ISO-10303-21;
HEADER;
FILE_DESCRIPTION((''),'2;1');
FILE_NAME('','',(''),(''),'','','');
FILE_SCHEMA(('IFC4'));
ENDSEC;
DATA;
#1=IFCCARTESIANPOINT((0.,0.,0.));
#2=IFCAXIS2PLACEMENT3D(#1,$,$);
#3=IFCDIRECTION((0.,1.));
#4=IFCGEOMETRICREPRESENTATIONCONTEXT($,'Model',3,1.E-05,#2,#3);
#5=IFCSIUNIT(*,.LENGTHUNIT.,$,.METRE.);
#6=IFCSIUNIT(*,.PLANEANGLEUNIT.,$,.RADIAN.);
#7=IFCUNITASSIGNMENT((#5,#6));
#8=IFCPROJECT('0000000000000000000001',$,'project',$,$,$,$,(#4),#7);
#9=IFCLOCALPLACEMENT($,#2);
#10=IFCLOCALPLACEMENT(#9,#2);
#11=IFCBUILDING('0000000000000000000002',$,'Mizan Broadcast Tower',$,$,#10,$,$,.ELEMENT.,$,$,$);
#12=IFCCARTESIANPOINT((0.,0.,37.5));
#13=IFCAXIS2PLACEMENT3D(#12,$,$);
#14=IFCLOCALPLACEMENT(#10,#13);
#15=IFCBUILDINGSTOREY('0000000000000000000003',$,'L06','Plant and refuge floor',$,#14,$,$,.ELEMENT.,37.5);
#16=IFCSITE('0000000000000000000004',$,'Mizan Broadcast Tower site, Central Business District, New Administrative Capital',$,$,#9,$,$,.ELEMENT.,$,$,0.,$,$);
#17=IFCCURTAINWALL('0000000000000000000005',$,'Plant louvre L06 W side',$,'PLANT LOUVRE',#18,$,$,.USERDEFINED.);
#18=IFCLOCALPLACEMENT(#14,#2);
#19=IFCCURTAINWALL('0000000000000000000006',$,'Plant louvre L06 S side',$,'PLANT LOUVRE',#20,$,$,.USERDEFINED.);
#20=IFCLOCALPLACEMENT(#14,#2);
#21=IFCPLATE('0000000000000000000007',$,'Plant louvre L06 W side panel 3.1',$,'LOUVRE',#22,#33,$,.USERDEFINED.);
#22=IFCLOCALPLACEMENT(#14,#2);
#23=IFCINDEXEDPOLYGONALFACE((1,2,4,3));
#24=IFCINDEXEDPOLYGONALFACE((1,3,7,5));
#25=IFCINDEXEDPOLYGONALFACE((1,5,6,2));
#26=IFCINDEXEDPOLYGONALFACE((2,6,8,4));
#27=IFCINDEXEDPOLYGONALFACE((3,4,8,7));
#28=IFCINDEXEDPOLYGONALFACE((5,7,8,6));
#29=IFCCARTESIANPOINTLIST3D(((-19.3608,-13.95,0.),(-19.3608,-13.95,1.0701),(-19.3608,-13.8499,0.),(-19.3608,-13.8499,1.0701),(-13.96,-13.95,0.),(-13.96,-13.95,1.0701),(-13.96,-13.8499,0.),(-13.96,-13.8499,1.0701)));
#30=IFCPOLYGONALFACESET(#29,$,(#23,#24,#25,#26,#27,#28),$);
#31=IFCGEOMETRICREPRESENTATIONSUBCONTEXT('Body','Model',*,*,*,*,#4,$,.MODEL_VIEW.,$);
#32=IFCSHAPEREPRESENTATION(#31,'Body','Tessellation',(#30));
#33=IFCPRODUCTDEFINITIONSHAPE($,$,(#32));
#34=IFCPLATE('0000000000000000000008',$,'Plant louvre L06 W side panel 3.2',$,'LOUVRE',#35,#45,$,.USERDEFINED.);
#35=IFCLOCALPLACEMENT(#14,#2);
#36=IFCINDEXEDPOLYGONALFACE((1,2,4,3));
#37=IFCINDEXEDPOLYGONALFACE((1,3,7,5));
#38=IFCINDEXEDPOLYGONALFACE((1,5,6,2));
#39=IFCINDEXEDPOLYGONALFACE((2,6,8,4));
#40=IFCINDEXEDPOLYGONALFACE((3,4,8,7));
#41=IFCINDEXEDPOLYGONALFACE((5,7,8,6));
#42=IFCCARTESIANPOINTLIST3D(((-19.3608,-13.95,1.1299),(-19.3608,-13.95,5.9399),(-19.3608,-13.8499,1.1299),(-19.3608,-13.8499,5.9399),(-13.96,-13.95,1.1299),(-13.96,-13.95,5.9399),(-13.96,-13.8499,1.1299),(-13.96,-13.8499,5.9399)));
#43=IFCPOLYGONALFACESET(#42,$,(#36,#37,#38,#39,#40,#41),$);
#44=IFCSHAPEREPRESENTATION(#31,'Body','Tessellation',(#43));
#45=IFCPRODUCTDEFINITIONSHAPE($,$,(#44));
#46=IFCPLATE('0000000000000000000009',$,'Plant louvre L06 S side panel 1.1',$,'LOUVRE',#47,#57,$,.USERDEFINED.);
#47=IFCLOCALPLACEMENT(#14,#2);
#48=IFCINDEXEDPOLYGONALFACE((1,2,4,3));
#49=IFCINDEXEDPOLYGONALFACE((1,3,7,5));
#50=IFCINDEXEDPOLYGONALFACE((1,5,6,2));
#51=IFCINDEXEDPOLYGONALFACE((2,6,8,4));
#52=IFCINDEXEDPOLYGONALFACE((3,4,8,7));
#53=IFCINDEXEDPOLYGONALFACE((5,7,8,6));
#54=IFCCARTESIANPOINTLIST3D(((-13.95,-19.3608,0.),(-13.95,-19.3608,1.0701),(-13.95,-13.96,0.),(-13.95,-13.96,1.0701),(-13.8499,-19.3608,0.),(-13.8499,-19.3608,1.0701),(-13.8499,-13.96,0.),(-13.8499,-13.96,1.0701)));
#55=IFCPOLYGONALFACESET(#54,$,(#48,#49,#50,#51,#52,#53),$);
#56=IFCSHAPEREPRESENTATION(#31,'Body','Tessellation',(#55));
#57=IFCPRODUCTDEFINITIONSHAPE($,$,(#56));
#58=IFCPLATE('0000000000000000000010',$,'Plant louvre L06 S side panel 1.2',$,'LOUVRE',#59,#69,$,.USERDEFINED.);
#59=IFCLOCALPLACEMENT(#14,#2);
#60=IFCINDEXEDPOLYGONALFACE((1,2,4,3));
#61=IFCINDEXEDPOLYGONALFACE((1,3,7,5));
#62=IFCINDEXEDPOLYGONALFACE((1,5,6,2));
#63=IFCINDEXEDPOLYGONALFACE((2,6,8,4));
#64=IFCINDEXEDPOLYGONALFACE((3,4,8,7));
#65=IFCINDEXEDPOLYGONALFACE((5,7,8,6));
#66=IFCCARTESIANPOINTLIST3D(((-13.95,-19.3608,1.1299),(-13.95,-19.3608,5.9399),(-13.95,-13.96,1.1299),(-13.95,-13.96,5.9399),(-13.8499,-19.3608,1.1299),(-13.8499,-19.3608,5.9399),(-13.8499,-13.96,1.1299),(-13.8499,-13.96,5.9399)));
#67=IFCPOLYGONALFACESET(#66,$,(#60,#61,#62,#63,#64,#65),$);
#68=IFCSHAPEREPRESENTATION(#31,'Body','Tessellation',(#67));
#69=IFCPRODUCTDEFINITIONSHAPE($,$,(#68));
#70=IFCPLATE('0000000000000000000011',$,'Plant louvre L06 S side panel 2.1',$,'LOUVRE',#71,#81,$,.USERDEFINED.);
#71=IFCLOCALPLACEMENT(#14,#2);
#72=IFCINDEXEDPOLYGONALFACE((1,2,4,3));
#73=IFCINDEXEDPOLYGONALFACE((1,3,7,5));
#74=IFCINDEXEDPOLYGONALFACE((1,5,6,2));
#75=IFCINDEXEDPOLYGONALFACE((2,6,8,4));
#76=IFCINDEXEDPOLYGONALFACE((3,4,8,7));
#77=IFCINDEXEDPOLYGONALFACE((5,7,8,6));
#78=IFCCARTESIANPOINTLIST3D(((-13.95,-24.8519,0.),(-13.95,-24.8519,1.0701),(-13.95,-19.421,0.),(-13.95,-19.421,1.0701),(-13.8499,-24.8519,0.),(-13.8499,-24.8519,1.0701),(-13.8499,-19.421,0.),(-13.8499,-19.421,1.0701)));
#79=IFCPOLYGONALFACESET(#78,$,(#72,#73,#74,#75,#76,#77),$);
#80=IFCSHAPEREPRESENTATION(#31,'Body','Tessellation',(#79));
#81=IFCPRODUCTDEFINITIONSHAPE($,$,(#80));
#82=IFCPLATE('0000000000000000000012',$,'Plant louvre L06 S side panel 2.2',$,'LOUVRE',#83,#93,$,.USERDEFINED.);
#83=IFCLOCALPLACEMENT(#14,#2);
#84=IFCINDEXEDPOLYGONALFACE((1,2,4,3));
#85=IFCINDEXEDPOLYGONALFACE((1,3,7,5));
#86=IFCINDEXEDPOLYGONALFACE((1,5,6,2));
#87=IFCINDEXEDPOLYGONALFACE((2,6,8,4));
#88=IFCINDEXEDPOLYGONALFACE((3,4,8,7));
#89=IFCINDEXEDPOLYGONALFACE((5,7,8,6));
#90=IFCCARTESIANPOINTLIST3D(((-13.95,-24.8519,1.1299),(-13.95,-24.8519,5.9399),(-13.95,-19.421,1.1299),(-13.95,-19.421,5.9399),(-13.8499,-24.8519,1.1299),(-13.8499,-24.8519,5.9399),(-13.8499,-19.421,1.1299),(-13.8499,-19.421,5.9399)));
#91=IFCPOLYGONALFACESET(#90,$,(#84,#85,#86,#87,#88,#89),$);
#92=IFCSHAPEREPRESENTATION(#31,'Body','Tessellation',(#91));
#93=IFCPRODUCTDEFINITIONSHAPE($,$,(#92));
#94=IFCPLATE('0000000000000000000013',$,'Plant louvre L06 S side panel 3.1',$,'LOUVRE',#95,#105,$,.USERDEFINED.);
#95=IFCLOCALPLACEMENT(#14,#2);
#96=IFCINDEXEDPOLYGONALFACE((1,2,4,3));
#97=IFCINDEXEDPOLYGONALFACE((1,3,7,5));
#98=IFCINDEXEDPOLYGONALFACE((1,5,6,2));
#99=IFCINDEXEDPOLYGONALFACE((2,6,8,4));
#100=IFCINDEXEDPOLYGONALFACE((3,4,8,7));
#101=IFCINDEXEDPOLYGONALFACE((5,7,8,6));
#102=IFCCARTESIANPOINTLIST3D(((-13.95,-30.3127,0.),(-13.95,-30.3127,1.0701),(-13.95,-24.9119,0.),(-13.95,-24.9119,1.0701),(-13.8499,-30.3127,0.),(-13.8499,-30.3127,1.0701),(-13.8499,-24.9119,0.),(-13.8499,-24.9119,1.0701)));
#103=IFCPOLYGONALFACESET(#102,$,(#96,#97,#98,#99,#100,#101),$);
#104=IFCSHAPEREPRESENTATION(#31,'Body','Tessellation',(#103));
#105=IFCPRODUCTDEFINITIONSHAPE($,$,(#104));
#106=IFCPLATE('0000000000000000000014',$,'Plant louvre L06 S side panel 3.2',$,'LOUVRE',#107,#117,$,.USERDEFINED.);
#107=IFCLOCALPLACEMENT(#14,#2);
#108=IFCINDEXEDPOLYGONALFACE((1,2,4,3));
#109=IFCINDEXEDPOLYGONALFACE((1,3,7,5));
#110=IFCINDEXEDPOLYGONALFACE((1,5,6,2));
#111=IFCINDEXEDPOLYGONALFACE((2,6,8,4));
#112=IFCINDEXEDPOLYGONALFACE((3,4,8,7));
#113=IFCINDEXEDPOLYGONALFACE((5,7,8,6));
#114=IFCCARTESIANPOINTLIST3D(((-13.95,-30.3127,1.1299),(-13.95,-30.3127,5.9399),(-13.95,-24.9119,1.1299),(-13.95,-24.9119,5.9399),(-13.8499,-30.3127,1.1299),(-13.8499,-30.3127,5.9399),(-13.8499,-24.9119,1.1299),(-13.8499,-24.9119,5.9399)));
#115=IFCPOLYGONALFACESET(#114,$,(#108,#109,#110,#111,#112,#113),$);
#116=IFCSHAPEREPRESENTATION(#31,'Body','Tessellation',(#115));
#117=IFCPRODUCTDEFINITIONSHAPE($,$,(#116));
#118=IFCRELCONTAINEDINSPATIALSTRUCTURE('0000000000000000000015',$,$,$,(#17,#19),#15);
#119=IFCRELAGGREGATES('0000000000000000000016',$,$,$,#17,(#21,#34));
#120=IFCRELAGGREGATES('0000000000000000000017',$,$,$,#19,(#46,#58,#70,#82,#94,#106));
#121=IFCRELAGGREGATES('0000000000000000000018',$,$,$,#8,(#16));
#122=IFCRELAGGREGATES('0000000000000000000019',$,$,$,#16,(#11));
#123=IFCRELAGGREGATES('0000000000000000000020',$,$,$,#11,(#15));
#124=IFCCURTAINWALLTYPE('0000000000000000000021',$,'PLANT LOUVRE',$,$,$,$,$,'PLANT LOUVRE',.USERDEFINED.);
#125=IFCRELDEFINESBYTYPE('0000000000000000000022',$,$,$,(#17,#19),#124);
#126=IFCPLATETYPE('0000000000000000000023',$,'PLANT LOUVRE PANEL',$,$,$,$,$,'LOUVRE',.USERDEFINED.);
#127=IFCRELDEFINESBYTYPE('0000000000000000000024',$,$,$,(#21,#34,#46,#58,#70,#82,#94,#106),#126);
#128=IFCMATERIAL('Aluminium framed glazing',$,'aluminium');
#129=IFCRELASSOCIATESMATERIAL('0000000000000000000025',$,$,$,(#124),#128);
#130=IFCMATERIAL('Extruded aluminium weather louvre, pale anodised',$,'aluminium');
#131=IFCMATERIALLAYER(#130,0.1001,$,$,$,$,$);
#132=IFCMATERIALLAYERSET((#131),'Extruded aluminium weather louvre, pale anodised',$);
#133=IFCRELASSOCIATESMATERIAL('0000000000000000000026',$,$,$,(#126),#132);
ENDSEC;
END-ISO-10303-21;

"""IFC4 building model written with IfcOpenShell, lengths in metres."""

from ifc_helpers import new_model, si_unit, direction, frame, origin, origin_2d, place, context, subcontext, project, spatial, rectangle, extrude, material, layer, layer_set, type_object, element, aggregate, save


model = new_model("IFC4")

# Units and contexts
model_context = context("Model", 3, precision=1e-05, world=origin(), true_north=direction((0.0, 1.0)))
body_context = subcontext(model_context, "Body", "Model", "MODEL_VIEW")
ifc_project = project(units=[si_unit("LENGTHUNIT", "METRE"), si_unit("PLANEANGLEUNIT", "RADIAN")], contexts=[model_context])

# Site, building, storey
site_placement = place(None, origin())
site = spatial("IfcSite", under=ifc_project, at=site_placement, Name="Mizan Broadcast Tower site, Central Business District, New Administrative Capital", CompositionType="ELEMENT", RefElevation=0.0)
building_placement = place(site_placement, origin())
building = spatial("IfcBuilding", under=site, at=building_placement, Name="Mizan Broadcast Tower", CompositionType="ELEMENT")
storey_placement = place(building_placement, frame((0.0, 0.0, 37.5)))
storey = spatial("IfcBuildingStorey", under=building, at=storey_placement, Name="L06", Description="Plant and refuge floor", CompositionType="ELEMENT", Elevation=37.5)

# Shared definitions
ifc_material_1 = material(Name="Aluminium framed glazing", Category="aluminium")
curtain_wall_type = type_object("IfcCurtainWallType", Name="PLANT LOUVRE", ElementType="PLANT LOUVRE", PredefinedType="USERDEFINED", material=ifc_material_1)

# Curtain walls
curtain_wall_1_placement = place(storey_placement, origin())
curtain_wall_1 = element("IfcCurtainWall", 1, at=curtain_wall_1_placement, inside=storey, type_object=curtain_wall_type, Name="Plant louvre L06 W side", ObjectType="PLANT LOUVRE", PredefinedType="USERDEFINED")
curtain_wall_2_placement = place(storey_placement, origin())
curtain_wall_2 = element("IfcCurtainWall", 2, at=curtain_wall_2_placement, inside=storey, type_object=curtain_wall_type, Name="Plant louvre L06 S side", ObjectType="PLANT LOUVRE", PredefinedType="USERDEFINED")

# Plates
ifc_material_2 = material(Name="Extruded aluminium weather louvre, pale anodised", Category="aluminium")
ifc_layer = layer(ifc_material_2, 0.1001)
ifc_layer_set = layer_set([ifc_layer], Name="Extruded aluminium weather louvre, pale anodised")
plate_type = type_object("IfcPlateType", Name="PLANT LOUVRE PANEL", ElementType="LOUVRE", PredefinedType="USERDEFINED", material=ifc_layer_set)
plate_1_placement = place(storey_placement, frame((-16.6604, -13.8999, 0.0), z_axis=(0.0, 0.0, 1.0), x_axis=(1.0, 0.0, 0.0)))
plate_1 = element("IfcPlate", 3, at=plate_1_placement, type_object=plate_type, Name="Plant louvre L06 W side panel 3.1", ObjectType="LOUVRE", PredefinedType="USERDEFINED", context=body_context, shape_type="SweptSolid", body=[
    extrude(rectangle(XDim=5.4009, YDim=0.1001, at=origin_2d()), origin(), (0.0, 0.0, 1.0), 1.0701),
])
plate_2_placement = place(storey_placement, frame((-16.6604, -13.8999, 1.1299), z_axis=(0.0, 0.0, 1.0), x_axis=(1.0, 0.0, 0.0)))
plate_2 = element("IfcPlate", 4, at=plate_2_placement, type_object=plate_type, Name="Plant louvre L06 W side panel 3.2", ObjectType="LOUVRE", PredefinedType="USERDEFINED", context=body_context, shape_type="SweptSolid", body=[
    extrude(rectangle(XDim=5.4009, YDim=0.1001, at=origin_2d()), origin(), (0.0, 0.0, 1.0), 4.8101),
])
aggregate(curtain_wall_1, [plate_1, plate_2])
plate_3_placement = place(storey_placement, frame((-13.8999, -16.6604, 0.0), z_axis=(0.0, 0.0, 1.0), x_axis=(0.0, -1.0, 0.0)))
plate_3 = element("IfcPlate", 5, at=plate_3_placement, type_object=plate_type, Name="Plant louvre L06 S side panel 1.1", ObjectType="LOUVRE", PredefinedType="USERDEFINED", context=body_context, shape_type="SweptSolid", body=[
    extrude(rectangle(XDim=5.4009, YDim=0.1001, at=origin_2d()), origin(), (0.0, 0.0, 1.0), 1.0701),
])
plate_4_placement = place(storey_placement, frame((-13.8999, -16.6604, 1.1299), z_axis=(0.0, 0.0, 1.0), x_axis=(0.0, -1.0, 0.0)))
plate_4 = element("IfcPlate", 6, at=plate_4_placement, type_object=plate_type, Name="Plant louvre L06 S side panel 1.2", ObjectType="LOUVRE", PredefinedType="USERDEFINED", context=body_context, shape_type="SweptSolid", body=[
    extrude(rectangle(XDim=5.4009, YDim=0.1001, at=origin_2d()), origin(), (0.0, 0.0, 1.0), 4.8101),
])
plate_5_placement = place(storey_placement, frame((-13.8999, -22.1365, 0.0), z_axis=(0.0, 0.0, 1.0), x_axis=(0.0, -1.0, 0.0)))
plate_5 = element("IfcPlate", 7, at=plate_5_placement, type_object=plate_type, Name="Plant louvre L06 S side panel 2.1", ObjectType="LOUVRE", PredefinedType="USERDEFINED", context=body_context, shape_type="SweptSolid", body=[
    extrude(rectangle(XDim=5.4309, YDim=0.1001, at=origin_2d()), origin(), (0.0, 0.0, 1.0), 1.0701),
])
plate_6_placement = place(storey_placement, frame((-13.8999, -22.1365, 1.1299), z_axis=(0.0, 0.0, 1.0), x_axis=(0.0, -1.0, 0.0)))
plate_6 = element("IfcPlate", 8, at=plate_6_placement, type_object=plate_type, Name="Plant louvre L06 S side panel 2.2", ObjectType="LOUVRE", PredefinedType="USERDEFINED", context=body_context, shape_type="SweptSolid", body=[
    extrude(rectangle(XDim=5.4309, YDim=0.1001, at=origin_2d()), origin(), (0.0, 0.0, 1.0), 4.8101),
])
plate_7_placement = place(storey_placement, frame((-13.8999, -27.6123, 0.0), z_axis=(0.0, 0.0, 1.0), x_axis=(0.0, -1.0, 0.0)))
plate_7 = element("IfcPlate", 9, at=plate_7_placement, type_object=plate_type, Name="Plant louvre L06 S side panel 3.1", ObjectType="LOUVRE", PredefinedType="USERDEFINED", context=body_context, shape_type="SweptSolid", body=[
    extrude(rectangle(XDim=5.4009, YDim=0.1001, at=origin_2d()), origin(), (0.0, 0.0, 1.0), 1.0701),
])
plate_8_placement = place(storey_placement, frame((-13.8999, -27.6123, 1.1299), z_axis=(0.0, 0.0, 1.0), x_axis=(0.0, -1.0, 0.0)))
plate_8 = element("IfcPlate", 10, at=plate_8_placement, type_object=plate_type, Name="Plant louvre L06 S side panel 3.2", ObjectType="LOUVRE", PredefinedType="USERDEFINED", context=body_context, shape_type="SweptSolid", body=[
    extrude(rectangle(XDim=5.4009, YDim=0.1001, at=origin_2d()), origin(), (0.0, 0.0, 1.0), 4.8101),
])
aggregate(curtain_wall_2, [plate_3, plate_4, plate_5, plate_6, plate_7, plate_8])

save(model, "model.ifc")
